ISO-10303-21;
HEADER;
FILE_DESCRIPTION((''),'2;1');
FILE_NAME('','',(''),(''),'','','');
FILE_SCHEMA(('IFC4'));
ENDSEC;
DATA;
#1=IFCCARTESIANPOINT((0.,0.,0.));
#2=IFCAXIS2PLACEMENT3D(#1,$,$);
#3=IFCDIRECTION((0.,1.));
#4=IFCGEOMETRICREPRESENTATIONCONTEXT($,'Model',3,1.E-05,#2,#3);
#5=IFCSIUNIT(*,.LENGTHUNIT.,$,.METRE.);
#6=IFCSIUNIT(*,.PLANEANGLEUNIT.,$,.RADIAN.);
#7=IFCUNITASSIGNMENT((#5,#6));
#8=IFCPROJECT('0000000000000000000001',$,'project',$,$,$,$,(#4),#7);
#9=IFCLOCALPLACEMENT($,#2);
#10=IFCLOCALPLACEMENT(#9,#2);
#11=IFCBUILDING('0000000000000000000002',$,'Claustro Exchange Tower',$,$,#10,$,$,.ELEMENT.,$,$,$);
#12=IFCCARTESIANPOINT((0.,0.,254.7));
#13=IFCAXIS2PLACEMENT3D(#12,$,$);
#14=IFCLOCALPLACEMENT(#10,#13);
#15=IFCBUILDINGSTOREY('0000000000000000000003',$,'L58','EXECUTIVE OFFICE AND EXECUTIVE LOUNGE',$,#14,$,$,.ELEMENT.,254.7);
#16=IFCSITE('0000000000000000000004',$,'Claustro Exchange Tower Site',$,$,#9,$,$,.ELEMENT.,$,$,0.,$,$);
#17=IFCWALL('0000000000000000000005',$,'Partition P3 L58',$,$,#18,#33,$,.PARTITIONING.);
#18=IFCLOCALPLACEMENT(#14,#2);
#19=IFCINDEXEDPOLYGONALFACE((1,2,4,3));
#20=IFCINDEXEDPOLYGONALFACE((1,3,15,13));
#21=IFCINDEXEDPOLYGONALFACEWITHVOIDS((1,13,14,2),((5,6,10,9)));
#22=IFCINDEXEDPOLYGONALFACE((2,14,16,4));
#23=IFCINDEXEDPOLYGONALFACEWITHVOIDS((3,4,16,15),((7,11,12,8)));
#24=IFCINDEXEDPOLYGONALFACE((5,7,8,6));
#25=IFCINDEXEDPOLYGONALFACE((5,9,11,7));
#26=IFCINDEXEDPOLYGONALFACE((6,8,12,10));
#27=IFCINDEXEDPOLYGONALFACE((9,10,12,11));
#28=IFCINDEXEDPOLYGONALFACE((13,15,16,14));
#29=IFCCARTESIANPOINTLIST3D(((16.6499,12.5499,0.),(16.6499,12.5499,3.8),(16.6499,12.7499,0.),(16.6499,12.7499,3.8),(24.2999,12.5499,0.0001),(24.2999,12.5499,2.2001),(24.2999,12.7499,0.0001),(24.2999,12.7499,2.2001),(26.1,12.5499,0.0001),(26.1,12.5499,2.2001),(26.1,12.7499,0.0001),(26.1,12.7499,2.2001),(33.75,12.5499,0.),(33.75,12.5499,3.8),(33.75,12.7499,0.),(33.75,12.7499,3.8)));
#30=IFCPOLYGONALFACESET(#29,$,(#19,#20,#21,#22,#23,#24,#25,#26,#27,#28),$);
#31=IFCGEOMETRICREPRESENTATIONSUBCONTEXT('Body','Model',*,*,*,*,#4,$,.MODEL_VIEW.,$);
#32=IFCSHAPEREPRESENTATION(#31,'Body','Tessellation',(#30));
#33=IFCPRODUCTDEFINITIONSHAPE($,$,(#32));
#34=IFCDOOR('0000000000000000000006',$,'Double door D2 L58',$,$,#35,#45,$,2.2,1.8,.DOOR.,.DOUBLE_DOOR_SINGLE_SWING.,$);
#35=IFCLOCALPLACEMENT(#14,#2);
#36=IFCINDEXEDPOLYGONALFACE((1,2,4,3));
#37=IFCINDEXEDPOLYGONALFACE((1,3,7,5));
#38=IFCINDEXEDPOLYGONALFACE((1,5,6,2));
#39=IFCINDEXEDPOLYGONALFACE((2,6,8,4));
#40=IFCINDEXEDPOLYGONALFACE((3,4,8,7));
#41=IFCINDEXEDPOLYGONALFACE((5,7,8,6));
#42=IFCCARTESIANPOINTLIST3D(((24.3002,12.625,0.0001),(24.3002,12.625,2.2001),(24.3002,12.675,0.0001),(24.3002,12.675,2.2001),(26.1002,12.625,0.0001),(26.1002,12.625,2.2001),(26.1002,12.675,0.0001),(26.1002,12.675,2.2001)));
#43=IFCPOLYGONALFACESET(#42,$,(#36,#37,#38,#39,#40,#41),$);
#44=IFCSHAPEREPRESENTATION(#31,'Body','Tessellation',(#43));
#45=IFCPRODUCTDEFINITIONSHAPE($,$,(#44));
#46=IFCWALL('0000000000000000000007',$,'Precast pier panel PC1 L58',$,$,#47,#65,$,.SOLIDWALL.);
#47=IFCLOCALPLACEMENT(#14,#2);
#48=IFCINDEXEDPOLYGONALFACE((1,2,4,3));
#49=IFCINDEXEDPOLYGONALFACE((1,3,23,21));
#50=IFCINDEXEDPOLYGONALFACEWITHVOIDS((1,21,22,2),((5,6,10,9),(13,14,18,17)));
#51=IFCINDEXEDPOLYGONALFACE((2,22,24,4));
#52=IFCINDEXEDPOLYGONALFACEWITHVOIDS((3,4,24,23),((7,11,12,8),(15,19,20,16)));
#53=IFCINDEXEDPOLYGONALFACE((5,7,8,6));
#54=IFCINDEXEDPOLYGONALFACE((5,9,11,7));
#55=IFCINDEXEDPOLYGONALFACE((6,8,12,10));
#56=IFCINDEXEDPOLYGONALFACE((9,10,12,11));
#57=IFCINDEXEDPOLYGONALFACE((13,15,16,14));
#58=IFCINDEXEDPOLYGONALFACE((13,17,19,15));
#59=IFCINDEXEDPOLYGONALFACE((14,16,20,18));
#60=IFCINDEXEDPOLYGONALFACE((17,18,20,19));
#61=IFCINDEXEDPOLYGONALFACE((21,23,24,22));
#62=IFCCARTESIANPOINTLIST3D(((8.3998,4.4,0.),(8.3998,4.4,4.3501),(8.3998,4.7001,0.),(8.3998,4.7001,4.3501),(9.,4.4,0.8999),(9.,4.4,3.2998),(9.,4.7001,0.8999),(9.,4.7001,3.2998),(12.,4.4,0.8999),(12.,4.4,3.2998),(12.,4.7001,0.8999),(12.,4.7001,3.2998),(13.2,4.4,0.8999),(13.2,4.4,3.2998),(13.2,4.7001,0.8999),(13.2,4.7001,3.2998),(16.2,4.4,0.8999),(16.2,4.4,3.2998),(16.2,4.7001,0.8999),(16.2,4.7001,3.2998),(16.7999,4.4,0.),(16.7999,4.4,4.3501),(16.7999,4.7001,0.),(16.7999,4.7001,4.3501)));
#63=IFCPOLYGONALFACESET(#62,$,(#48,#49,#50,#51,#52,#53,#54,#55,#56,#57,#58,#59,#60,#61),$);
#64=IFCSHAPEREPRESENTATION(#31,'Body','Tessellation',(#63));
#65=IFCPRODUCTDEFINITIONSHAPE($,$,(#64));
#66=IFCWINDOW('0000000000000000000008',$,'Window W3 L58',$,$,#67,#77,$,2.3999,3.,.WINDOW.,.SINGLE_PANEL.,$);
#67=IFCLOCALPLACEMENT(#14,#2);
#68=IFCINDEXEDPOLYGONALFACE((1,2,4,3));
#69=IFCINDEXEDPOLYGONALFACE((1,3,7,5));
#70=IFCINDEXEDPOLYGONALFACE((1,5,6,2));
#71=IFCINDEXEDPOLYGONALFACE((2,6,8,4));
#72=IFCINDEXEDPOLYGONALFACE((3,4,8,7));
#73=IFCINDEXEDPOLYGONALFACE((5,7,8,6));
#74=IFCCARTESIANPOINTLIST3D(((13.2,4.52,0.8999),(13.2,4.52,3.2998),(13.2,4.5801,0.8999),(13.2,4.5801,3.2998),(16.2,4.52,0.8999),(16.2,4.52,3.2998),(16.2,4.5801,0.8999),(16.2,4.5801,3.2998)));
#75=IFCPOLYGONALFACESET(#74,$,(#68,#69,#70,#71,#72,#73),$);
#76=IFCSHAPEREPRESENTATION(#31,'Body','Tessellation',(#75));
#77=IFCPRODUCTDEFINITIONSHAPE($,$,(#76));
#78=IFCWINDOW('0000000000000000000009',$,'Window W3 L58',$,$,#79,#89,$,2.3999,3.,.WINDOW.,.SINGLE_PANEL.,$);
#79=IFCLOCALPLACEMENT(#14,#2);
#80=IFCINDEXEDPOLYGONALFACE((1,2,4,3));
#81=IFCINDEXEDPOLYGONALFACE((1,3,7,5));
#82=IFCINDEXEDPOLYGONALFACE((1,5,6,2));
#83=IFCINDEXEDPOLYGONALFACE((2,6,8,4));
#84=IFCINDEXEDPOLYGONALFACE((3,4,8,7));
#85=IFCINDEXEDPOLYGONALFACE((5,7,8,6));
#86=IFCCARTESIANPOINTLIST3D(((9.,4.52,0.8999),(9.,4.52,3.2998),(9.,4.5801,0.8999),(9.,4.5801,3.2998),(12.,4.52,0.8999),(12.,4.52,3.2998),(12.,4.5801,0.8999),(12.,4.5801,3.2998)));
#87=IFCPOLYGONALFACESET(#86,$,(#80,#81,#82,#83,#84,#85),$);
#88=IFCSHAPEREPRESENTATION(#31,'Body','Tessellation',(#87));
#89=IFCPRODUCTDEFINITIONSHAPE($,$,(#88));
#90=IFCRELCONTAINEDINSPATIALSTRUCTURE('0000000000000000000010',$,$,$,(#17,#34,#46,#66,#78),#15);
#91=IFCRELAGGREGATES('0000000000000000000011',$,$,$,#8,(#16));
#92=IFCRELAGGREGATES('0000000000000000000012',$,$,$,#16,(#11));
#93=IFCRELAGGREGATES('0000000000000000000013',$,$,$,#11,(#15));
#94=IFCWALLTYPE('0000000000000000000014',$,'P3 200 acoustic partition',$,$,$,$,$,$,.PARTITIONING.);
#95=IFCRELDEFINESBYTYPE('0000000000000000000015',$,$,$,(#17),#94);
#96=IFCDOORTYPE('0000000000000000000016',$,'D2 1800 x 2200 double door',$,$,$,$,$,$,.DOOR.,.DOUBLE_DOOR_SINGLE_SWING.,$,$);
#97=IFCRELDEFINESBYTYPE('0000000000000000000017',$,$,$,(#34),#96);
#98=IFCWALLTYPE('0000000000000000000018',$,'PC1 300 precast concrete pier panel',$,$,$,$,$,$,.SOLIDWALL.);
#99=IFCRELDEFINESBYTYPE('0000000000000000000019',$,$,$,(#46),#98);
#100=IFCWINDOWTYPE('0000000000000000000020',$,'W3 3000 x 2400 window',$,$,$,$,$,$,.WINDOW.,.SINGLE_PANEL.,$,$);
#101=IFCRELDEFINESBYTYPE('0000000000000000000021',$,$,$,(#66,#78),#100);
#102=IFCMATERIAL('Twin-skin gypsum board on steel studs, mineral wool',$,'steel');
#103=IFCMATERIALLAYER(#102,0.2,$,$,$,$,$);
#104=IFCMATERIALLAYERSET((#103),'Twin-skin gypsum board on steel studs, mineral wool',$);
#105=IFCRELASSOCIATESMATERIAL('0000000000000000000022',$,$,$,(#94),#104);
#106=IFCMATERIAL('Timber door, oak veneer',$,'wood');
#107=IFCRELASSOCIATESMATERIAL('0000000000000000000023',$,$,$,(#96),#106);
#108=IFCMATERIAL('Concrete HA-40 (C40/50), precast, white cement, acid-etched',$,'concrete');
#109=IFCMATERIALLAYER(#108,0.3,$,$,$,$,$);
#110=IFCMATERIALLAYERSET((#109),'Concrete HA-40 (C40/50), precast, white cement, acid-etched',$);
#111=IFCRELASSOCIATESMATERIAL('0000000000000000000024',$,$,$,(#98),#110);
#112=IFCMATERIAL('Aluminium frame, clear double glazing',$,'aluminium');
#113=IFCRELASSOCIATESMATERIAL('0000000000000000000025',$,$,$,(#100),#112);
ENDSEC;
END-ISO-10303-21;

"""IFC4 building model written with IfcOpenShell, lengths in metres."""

from ifc_helpers import new_model, si_unit, direction, frame, frame_2d, origin, place, context, subcontext, project, spatial, rectangle, extrude, material, layer, layer_set, type_object, element, fill, save


model = new_model("IFC4")

# Units and contexts
model_context = context("Model", 3, precision=1e-05, world=origin(), true_north=direction((0.0, 1.0)))
body_context = subcontext(model_context, "Body", "Model", "MODEL_VIEW")
ifc_project = project(units=[si_unit("LENGTHUNIT", "METRE"), si_unit("PLANEANGLEUNIT", "RADIAN")], contexts=[model_context])

# Site, building, storey
site_placement = place(None, origin())
site = spatial("IfcSite", under=ifc_project, at=site_placement, Name="Claustro Exchange Tower Site", CompositionType="ELEMENT", RefElevation=0.0)
building_placement = place(site_placement, origin())
building = spatial("IfcBuilding", under=site, at=building_placement, Name="Claustro Exchange Tower", CompositionType="ELEMENT")
storey_placement = place(building_placement, frame((0.0, 0.0, 254.7)))
storey = spatial("IfcBuildingStorey", under=building, at=storey_placement, Name="L58", Description="EXECUTIVE OFFICE AND EXECUTIVE LOUNGE", CompositionType="ELEMENT", Elevation=254.7)

# Shared definitions
ifc_material_1 = material(Name="Twin-skin gypsum board on steel studs, mineral wool", Category="steel")
ifc_layer_1 = layer(ifc_material_1, 0.2)
ifc_layer_set_1 = layer_set([ifc_layer_1], Name="Twin-skin gypsum board on steel studs, mineral wool")
wall_type_1 = type_object("IfcWallType", Name="P3 200 acoustic partition", PredefinedType="PARTITIONING", material=ifc_layer_set_1)

# Wall, opening, door
wall_1_placement = place(storey_placement, frame((16.6499, 12.6499, 0.0), z_axis=(0.0, 0.0, 1.0), x_axis=(1.0, 0.0, 0.0)))
wall_1 = element("IfcWall", 1, at=wall_1_placement, inside=storey, type_object=wall_type_1, Name="Partition P3 L58", PredefinedType="PARTITIONING", context=body_context, shape_type="SweptSolid", body=[
    extrude(rectangle(XDim=17.1001, YDim=0.2, at=frame_2d((8.55, 0.0))), origin(), (0.0, 0.0, 1.0), 3.8),
])
opening_1_placement = place(wall_1_placement, frame((7.6501, 0.0, 0.0)))
opening_1 = element("IfcOpeningElement", 2, at=opening_1_placement, cuts=wall_1, PredefinedType="OPENING", context=body_context, shape_type="SweptSolid", body=[
    extrude(rectangle(XDim=1.8, YDim=2.2, at=frame_2d((0.8999, 1.1001))), frame((0.0, 0.1099, 0.0), z_axis=(0.0, -1.0, 0.0), x_axis=(1.0, 0.0, 0.0)), (0.0, 0.0, 1.0), 0.22),
])
ifc_material_2 = material(Name="Timber door, oak veneer", Category="wood")
door_type_1 = type_object("IfcDoorType", Name="D2 1800 x 2200 double door", OperationType="DOUBLE_DOOR_SINGLE_SWING", PredefinedType="DOOR", material=ifc_material_2)
door_1_placement = place(opening_1_placement, frame((1.8, 0.0, 0.0), z_axis=(0.0, 0.0, 1.0), x_axis=(-1.0, 0.0, 0.0)))
door_1 = element("IfcDoor", 3, at=door_1_placement, inside=storey, type_object=door_type_1, Name="Double door D2 L58", OperationType="DOUBLE_DOOR_SINGLE_SWING", OverallHeight=2.2, OverallWidth=1.8, PredefinedType="DOOR", context=body_context, shape_type="SweptSolid", body=[
    extrude(rectangle(XDim=1.8, YDim=2.2, at=frame_2d((0.8999, 1.1001))), frame((0.0, 0.0249, 0.0), z_axis=(0.0, -1.0, 0.0), x_axis=(1.0, 0.0, 0.0)), (0.0, 0.0, 1.0), 0.05),
])
fill(opening_1, door_1)

# Wall, openings, windows
ifc_material_3 = material(Name="Concrete HA-40 (C40/50), precast, white cement, acid-etched", Category="concrete")
ifc_layer_2 = layer(ifc_material_3, 0.3)
ifc_layer_set_2 = layer_set([ifc_layer_2], Name="Concrete HA-40 (C40/50), precast, white cement, acid-etched")
wall_type_2 = type_object("IfcWallType", Name="PC1 300 precast concrete pier panel", PredefinedType="SOLIDWALL", material=ifc_layer_set_2)
wall_2_placement = place(storey_placement, frame((16.8, 4.55, 0.0), z_axis=(0.0, 0.0, 1.0), x_axis=(-1.0, 0.0, 0.0)))
wall_2 = element("IfcWall", 4, at=wall_2_placement, inside=storey, type_object=wall_type_2, Name="Precast pier panel PC1 L58", PredefinedType="SOLIDWALL", context=body_context, shape_type="SweptSolid", body=[
    extrude(rectangle(XDim=8.4001, YDim=0.3, at=frame_2d((4.2002, 0.0))), origin(), (0.0, 0.0, 1.0), 4.3501),
])
opening_2_placement = place(wall_2_placement, frame((0.6001, 0.0, 0.8999)))
opening_2 = element("IfcOpeningElement", 5, at=opening_2_placement, cuts=wall_2, PredefinedType="OPENING", context=body_context, shape_type="SweptSolid", body=[
    extrude(rectangle(XDim=3.0, YDim=2.3999, at=frame_2d((1.5, 1.2))), frame((0.0, 0.1599, 0.0), z_axis=(0.0, -1.0, 0.0), x_axis=(1.0, 0.0, 0.0)), (0.0, 0.0, 1.0), 0.3201),
])
opening_3_placement = place(wall_2_placement, frame((4.8, 0.0, 0.8999)))
opening_3 = element("IfcOpeningElement", 6, at=opening_3_placement, cuts=wall_2, PredefinedType="OPENING", context=body_context, shape_type="SweptSolid", body=[
    extrude(rectangle(XDim=3.0, YDim=2.3999, at=frame_2d((1.5, 1.2))), frame((0.0, 0.1599, 0.0), z_axis=(0.0, -1.0, 0.0), x_axis=(1.0, 0.0, 0.0)), (0.0, 0.0, 1.0), 0.3201),
])
ifc_material_4 = material(Name="Aluminium frame, clear double glazing", Category="aluminium")
window_type = type_object("IfcWindowType", Name="W3 3000 x 2400 window", PartitioningType="SINGLE_PANEL", PredefinedType="WINDOW", material=ifc_material_4)
window_1_placement = place(opening_2_placement, origin())
window_1 = element("IfcWindow", 7, at=window_1_placement, inside=storey, type_object=window_type, Name="Window W3 L58", OverallHeight=2.3999, OverallWidth=3.0, PartitioningType="SINGLE_PANEL", PredefinedType="WINDOW", context=body_context, shape_type="SweptSolid", body=[
    extrude(rectangle(XDim=3.0, YDim=2.3999, at=frame_2d((1.5, 1.2))), frame((0.0, 0.03, 0.0), z_axis=(0.0, -1.0, 0.0), x_axis=(1.0, 0.0, 0.0)), (0.0, 0.0, 1.0), 0.0601),
])
fill(opening_2, window_1)
window_2_placement = place(opening_3_placement, origin())
window_2 = element("IfcWindow", 8, at=window_2_placement, inside=storey, type_object=window_type, Name="Window W3 L58", OverallHeight=2.3999, OverallWidth=3.0, PartitioningType="SINGLE_PANEL", PredefinedType="WINDOW", context=body_context, shape_type="SweptSolid", body=[
    extrude(rectangle(XDim=3.0, YDim=2.3999, at=frame_2d((1.5, 1.2))), frame((0.0, 0.03, 0.0), z_axis=(0.0, -1.0, 0.0), x_axis=(1.0, 0.0, 0.0)), (0.0, 0.0, 1.0), 0.0601),
])
fill(opening_3, window_2)

save(model, "model.ifc")
